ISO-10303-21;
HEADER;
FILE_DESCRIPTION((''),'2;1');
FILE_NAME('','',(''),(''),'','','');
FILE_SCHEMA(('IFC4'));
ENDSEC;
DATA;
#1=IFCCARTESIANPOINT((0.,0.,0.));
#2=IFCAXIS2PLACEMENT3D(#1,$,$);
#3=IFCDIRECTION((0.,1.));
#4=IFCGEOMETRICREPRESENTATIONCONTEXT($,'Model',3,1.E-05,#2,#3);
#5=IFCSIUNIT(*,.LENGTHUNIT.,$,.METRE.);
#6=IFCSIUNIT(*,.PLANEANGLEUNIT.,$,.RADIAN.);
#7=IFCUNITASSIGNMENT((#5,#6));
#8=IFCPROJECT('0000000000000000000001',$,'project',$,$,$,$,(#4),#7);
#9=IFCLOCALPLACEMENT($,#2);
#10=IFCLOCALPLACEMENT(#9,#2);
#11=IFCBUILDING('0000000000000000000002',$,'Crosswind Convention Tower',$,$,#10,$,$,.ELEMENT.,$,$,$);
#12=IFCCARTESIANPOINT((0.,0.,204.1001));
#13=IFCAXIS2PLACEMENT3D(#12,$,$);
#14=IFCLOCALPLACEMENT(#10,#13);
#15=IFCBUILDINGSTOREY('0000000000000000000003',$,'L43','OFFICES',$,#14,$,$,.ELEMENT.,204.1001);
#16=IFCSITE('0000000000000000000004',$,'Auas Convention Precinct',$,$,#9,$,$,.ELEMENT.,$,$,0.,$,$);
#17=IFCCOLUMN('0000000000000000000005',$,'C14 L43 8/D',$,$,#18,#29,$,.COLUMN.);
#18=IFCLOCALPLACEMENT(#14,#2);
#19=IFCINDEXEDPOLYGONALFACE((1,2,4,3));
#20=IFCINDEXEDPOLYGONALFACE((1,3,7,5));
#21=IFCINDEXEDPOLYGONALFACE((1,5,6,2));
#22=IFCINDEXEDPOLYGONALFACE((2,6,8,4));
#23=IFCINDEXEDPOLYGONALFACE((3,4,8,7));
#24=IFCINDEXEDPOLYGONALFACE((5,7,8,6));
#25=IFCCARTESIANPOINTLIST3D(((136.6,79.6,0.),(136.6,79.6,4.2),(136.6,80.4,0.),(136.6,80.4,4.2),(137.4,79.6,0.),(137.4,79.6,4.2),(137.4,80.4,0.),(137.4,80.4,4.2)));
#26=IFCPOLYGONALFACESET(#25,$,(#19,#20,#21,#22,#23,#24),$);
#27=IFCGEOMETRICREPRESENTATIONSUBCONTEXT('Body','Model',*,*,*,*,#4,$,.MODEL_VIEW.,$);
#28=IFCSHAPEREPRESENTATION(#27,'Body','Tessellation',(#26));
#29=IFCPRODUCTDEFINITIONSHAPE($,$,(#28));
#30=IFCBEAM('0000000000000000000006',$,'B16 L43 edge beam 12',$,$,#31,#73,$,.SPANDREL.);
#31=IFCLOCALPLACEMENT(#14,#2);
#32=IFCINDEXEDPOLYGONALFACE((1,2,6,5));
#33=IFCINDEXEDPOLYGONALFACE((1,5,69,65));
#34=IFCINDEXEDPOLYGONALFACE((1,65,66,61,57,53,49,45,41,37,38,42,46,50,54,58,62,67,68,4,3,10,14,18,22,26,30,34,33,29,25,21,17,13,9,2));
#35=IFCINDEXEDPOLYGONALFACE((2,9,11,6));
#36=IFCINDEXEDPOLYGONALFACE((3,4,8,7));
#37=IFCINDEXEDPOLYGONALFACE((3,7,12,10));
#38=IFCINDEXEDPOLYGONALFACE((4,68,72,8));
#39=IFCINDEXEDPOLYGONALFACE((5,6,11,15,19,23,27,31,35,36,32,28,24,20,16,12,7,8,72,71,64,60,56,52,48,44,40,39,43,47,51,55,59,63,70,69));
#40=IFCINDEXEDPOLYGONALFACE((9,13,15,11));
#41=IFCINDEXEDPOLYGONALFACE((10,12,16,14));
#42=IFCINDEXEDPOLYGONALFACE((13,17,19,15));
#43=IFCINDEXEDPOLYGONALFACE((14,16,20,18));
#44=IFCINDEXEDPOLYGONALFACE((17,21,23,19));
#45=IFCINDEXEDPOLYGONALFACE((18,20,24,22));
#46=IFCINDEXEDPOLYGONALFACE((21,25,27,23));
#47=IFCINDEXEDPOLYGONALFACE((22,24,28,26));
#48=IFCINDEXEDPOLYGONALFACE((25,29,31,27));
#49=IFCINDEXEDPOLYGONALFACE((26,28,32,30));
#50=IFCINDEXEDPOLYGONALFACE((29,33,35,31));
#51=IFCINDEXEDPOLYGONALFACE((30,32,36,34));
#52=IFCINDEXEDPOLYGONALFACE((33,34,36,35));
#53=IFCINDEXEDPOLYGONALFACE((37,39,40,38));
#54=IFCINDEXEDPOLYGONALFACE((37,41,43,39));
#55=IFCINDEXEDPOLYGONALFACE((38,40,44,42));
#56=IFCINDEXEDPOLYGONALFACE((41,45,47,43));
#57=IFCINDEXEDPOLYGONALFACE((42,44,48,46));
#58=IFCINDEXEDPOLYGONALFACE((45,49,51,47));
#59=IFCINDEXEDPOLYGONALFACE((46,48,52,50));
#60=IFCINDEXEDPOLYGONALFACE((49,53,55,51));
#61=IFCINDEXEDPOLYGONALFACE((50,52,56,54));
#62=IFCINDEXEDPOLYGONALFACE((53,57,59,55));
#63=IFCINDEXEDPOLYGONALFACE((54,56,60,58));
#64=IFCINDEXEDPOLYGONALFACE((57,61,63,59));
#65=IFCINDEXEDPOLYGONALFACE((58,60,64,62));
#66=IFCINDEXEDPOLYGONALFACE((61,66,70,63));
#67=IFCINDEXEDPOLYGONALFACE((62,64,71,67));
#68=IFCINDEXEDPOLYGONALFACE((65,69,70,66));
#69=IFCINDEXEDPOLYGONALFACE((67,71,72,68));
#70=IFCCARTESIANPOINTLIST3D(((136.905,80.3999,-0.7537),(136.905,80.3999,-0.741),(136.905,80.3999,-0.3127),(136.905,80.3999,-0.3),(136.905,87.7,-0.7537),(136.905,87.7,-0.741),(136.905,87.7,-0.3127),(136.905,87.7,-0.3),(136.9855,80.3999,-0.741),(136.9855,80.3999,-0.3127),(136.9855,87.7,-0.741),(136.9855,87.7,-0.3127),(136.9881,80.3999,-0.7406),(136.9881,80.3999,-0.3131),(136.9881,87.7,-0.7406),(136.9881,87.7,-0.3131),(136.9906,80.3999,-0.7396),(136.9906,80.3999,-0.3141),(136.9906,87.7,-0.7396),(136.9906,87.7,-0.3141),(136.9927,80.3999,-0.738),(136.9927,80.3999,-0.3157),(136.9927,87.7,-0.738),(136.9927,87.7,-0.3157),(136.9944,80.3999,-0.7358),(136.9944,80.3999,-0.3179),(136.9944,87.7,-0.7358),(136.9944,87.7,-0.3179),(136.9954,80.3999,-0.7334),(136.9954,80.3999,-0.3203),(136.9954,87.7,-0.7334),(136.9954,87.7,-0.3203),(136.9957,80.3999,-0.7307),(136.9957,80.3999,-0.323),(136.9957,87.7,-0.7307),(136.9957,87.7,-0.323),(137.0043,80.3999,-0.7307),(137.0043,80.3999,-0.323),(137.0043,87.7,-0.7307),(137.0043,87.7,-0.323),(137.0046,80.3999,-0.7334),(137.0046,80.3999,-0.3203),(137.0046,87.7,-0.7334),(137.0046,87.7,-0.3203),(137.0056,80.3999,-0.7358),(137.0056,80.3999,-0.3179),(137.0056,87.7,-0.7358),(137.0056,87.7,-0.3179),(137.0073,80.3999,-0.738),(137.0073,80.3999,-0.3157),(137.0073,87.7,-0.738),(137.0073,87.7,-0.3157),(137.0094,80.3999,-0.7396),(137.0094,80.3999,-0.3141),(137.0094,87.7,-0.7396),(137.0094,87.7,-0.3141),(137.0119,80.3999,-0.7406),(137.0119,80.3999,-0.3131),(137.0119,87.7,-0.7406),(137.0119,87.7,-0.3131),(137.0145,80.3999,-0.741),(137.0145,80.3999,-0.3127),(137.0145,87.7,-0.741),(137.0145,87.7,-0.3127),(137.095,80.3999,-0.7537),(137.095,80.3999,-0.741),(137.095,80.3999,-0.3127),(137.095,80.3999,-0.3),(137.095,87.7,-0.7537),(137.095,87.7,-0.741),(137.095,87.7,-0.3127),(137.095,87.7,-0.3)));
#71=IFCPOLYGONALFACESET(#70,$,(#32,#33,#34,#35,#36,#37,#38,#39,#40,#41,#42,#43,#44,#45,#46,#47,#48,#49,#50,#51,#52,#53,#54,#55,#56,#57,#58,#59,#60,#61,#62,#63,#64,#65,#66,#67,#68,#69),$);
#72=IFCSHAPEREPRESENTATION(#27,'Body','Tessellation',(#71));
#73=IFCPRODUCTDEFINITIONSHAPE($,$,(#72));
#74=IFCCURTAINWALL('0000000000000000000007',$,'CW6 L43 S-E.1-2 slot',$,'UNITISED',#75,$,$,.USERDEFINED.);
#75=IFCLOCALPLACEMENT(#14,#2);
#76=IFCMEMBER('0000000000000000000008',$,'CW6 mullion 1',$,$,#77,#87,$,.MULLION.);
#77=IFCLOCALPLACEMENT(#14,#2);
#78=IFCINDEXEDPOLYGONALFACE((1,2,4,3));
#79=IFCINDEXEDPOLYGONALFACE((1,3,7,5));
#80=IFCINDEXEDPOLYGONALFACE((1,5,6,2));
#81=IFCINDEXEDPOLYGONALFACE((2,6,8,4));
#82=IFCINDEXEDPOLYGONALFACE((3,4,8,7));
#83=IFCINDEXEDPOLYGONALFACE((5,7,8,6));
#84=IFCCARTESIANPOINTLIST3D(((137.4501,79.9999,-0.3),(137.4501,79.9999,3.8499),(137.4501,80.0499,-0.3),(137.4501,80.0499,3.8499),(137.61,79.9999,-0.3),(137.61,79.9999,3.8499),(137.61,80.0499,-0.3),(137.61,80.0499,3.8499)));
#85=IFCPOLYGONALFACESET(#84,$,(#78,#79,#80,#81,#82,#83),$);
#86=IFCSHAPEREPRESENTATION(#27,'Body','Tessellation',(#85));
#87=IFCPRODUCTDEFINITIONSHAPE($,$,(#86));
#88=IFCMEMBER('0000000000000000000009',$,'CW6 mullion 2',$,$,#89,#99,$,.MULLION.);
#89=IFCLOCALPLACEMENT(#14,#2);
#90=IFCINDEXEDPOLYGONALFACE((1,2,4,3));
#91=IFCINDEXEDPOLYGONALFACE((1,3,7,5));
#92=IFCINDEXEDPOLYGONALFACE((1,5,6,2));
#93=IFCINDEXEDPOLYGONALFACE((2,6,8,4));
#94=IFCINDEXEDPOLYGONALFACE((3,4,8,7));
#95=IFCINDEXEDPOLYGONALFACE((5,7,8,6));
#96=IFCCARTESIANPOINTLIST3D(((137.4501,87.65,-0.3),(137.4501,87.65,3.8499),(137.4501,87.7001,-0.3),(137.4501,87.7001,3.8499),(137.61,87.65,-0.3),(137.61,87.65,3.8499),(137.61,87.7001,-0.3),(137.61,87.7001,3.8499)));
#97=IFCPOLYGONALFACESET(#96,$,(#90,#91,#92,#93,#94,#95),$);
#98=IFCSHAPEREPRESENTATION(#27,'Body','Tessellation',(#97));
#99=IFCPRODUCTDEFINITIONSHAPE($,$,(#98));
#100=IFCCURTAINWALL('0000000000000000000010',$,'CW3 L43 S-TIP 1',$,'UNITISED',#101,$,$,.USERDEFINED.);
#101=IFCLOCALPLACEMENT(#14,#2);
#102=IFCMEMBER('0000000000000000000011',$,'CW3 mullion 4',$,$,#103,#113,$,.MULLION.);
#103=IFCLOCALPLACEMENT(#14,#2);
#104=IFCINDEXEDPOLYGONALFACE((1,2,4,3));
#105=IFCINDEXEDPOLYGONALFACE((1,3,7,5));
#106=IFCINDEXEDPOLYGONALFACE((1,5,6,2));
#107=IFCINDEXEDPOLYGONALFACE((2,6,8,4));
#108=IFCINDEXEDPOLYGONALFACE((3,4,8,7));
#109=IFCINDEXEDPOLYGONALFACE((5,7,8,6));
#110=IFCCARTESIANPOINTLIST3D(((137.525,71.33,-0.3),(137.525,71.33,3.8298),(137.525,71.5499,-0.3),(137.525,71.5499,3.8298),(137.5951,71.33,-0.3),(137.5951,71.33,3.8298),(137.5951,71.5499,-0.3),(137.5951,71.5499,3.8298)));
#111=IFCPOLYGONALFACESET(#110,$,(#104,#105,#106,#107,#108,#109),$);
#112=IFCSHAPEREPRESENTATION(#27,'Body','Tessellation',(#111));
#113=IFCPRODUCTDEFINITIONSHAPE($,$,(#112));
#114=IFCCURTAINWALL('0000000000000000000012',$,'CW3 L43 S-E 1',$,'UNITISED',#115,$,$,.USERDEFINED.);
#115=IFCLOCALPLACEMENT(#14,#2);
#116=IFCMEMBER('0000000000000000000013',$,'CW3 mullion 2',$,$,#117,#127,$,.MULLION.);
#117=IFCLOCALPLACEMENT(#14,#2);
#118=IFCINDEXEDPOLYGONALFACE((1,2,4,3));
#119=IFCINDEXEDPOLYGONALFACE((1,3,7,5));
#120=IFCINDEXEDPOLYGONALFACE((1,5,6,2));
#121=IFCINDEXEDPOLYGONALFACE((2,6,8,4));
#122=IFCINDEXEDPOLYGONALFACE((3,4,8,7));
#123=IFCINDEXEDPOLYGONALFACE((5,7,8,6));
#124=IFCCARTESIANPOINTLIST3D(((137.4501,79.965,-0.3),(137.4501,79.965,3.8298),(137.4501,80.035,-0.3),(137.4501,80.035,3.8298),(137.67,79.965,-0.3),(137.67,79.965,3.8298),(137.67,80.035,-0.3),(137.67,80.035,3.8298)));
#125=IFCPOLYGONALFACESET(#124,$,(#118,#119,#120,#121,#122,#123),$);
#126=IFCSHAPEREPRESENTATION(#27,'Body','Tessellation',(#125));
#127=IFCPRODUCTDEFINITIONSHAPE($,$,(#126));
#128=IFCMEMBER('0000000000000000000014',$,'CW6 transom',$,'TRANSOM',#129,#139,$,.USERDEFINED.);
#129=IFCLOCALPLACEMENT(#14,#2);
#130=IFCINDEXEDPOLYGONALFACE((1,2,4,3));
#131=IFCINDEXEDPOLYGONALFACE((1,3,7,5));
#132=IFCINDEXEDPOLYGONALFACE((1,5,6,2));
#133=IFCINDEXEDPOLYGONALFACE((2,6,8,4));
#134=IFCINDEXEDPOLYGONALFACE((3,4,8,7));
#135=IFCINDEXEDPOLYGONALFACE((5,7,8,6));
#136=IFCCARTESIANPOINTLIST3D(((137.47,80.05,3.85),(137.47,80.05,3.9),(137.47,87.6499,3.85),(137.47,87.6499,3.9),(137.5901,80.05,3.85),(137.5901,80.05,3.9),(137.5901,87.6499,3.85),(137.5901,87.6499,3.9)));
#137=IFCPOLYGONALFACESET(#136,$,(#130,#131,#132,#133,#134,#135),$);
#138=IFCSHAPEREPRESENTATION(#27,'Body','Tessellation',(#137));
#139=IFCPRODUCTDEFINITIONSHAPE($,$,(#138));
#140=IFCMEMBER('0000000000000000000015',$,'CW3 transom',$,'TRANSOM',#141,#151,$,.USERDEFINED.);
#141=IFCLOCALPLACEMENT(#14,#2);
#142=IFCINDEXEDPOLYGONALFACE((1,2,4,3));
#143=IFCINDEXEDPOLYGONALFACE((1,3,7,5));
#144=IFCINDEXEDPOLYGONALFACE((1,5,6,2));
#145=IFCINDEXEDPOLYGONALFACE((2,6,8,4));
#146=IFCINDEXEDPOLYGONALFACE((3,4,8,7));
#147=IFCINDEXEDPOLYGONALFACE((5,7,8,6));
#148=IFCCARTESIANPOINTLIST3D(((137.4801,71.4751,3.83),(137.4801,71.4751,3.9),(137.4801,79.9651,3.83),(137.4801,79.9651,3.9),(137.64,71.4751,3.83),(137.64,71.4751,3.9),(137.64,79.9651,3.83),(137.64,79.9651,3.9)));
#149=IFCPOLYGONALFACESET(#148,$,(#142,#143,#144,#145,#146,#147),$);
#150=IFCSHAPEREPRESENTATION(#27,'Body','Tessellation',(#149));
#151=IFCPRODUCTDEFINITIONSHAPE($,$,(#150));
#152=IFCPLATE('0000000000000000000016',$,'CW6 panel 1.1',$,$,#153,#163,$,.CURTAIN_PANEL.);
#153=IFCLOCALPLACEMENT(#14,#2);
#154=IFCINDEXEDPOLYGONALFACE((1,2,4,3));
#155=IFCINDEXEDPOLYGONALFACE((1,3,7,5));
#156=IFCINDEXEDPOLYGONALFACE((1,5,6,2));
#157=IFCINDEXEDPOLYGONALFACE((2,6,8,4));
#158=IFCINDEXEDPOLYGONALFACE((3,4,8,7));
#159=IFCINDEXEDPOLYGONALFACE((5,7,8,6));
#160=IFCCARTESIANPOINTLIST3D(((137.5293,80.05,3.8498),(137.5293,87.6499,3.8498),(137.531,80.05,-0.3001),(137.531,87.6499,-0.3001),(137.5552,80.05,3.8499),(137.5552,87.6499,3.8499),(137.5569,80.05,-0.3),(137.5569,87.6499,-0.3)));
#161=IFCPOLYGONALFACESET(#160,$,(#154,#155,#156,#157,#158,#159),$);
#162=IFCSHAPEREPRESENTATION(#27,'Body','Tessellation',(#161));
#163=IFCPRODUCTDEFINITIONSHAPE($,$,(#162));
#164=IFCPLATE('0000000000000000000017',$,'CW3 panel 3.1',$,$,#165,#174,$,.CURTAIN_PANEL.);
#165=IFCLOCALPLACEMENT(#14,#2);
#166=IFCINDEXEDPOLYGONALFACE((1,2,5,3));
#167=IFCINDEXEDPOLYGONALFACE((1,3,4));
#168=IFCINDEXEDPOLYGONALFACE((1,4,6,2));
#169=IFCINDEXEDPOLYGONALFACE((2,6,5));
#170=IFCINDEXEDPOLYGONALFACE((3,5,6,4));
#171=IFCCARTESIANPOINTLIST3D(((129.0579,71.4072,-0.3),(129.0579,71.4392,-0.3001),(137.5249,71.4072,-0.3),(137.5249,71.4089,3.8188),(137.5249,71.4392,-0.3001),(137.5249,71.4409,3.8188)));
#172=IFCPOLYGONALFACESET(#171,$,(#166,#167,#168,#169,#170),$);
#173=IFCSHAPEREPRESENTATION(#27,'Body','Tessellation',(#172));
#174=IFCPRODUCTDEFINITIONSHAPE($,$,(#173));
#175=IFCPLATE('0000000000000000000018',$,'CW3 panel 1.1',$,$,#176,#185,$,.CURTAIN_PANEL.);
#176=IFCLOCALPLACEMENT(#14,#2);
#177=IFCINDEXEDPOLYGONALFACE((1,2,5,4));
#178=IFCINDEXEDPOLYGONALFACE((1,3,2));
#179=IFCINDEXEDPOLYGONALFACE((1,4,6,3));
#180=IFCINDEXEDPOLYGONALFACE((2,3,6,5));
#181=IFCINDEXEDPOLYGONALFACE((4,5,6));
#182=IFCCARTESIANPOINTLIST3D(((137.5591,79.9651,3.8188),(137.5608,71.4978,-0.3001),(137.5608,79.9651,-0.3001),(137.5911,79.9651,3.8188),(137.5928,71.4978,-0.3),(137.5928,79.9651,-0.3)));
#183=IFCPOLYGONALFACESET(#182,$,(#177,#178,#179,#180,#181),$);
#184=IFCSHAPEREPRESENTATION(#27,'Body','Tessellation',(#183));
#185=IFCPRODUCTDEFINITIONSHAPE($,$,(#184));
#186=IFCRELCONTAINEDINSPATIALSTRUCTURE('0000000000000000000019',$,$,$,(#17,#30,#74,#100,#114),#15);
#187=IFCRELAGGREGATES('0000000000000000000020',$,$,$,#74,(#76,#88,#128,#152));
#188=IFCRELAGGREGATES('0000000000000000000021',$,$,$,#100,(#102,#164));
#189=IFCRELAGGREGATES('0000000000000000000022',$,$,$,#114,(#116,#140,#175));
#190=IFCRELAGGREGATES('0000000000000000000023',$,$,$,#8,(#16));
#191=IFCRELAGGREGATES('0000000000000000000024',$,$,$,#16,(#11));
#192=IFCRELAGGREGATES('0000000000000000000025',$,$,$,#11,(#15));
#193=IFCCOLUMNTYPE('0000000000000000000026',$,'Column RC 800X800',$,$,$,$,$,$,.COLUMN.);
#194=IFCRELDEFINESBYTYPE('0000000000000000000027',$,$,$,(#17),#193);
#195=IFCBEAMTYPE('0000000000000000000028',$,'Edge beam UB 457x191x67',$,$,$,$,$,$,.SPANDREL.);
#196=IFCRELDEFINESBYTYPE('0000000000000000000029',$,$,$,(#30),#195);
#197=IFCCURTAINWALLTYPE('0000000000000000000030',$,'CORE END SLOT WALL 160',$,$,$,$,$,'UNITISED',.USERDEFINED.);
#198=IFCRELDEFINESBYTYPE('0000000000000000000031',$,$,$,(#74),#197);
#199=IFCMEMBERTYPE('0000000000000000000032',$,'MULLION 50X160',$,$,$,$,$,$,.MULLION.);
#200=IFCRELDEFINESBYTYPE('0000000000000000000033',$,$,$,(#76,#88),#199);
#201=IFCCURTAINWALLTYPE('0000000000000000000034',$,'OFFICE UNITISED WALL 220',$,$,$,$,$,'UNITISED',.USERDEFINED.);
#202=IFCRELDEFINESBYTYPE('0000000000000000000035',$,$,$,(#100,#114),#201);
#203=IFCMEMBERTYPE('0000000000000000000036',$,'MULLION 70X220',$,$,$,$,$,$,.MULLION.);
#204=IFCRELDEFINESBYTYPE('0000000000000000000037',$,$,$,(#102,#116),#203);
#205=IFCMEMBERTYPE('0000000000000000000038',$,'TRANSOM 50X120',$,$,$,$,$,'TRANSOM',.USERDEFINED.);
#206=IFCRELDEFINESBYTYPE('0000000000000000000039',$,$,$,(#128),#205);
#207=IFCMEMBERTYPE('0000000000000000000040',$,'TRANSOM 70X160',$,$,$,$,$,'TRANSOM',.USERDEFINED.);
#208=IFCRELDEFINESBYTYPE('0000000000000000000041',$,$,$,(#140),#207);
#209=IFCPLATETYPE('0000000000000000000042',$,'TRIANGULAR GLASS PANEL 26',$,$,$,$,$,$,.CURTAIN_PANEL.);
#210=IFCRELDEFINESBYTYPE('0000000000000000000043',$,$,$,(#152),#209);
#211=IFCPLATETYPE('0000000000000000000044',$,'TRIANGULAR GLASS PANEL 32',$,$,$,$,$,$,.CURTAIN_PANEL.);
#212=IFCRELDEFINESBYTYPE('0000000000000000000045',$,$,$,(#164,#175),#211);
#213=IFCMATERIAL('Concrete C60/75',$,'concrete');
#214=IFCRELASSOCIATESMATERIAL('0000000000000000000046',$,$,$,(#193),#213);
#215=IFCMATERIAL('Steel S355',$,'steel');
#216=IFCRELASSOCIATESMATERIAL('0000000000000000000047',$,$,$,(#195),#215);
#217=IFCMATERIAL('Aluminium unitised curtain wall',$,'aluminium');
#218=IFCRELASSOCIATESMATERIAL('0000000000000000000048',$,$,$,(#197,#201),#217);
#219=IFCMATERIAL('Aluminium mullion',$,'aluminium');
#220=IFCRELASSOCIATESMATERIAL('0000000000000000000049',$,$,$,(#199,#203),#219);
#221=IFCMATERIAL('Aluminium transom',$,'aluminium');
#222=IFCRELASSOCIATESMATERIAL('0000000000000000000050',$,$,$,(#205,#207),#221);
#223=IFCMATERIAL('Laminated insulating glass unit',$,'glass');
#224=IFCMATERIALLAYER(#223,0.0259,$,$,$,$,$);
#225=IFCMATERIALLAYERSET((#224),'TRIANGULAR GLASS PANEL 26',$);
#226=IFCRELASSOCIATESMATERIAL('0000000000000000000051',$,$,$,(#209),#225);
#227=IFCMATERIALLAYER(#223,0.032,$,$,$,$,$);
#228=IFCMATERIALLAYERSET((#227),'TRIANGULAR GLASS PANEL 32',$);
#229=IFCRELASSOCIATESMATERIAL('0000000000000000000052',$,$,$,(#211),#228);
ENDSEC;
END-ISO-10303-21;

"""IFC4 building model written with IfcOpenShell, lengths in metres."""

from ifc_helpers import new_model, si_unit, direction, frame, origin, origin_2d, place, context, subcontext, project, spatial, polyline, rectangle, i_section, outline, extrude, material, layer, layer_set, material_profile, profile_set, type_object, element, aggregate, save


model = new_model("IFC4")

# Units and contexts
model_context = context("Model", 3, precision=1e-05, world=origin(), true_north=direction((0.0, 1.0)))
body_context = subcontext(model_context, "Body", "Model", "MODEL_VIEW")
ifc_project = project(units=[si_unit("LENGTHUNIT", "METRE"), si_unit("PLANEANGLEUNIT", "RADIAN")], contexts=[model_context])

# Site, building, storey
site_placement = place(None, origin())
site = spatial("IfcSite", under=ifc_project, at=site_placement, Name="Auas Convention Precinct", CompositionType="ELEMENT", RefElevation=0.0)
building_placement = place(site_placement, origin())
building = spatial("IfcBuilding", under=site, at=building_placement, Name="Crosswind Convention Tower", CompositionType="ELEMENT")
storey_placement = place(building_placement, frame((0.0, 0.0, 204.1001)))
storey = spatial("IfcBuildingStorey", under=building, at=storey_placement, Name="L43", Description="OFFICES", CompositionType="ELEMENT", Elevation=204.1001)

# Column
ifc_material_1 = material(Name="Concrete C60/75", Category="concrete")
ifc_material_profile_1 = material_profile(ifc_material_1, rectangle(XDim=0.8, YDim=0.8, at=origin_2d()), Name="RC 800X800")
ifc_profile_set_1 = profile_set([ifc_material_profile_1], Name="Concrete C60/75")
column_type = type_object("IfcColumnType", Name="Column RC 800X800", PredefinedType="COLUMN", material=ifc_profile_set_1)
column_placement = place(storey_placement, frame((137.0, 80.0, 0.0), z_axis=(0.0, 0.0, 1.0), x_axis=(1.0, 0.0, 0.0)))
element("IfcColumn", 1, at=column_placement, inside=storey, type_object=column_type, Name="C14 L43 8/D", PredefinedType="COLUMN", context=body_context, shape_type="SweptSolid", body=[
    extrude(rectangle(XDim=0.8, YDim=0.8, at=origin_2d()), origin(), (0.0, 0.0, 1.0), 4.2),
])

# Beam
ifc_material_2 = material(Name="Steel S355", Category="steel")
ifc_material_profile_2 = material_profile(ifc_material_2, i_section(OverallWidth=0.1899, OverallDepth=0.4536, WebThickness=0.0085, FlangeThickness=0.0127, FilletRadius=0.0103, at=origin_2d()), Name="UB 457x191x67")
ifc_profile_set_2 = profile_set([ifc_material_profile_2], Name="Steel S355")
beam_type = type_object("IfcBeamType", Name="Edge beam UB 457x191x67", PredefinedType="SPANDREL", material=ifc_profile_set_2)
beam_placement = place(storey_placement, frame((137.0, 80.3999, -0.5269), z_axis=(0.0, 1.0, 0.0), x_axis=(-1.0, 0.0, 0.0)))
element("IfcBeam", 2, at=beam_placement, inside=storey, type_object=beam_type, Name="B16 L43 edge beam 12", PredefinedType="SPANDREL", context=body_context, shape_type="SweptSolid", body=[
    extrude(i_section(OverallWidth=0.1899, OverallDepth=0.4536, WebThickness=0.0085, FlangeThickness=0.0127, FilletRadius=0.0103, at=origin_2d()), origin(), (0.0, 0.0, 1.0), 7.3),
])

# Curtain wall, members
ifc_material_3 = material(Name="Aluminium unitised curtain wall", Category="aluminium")
curtain_wall_type_1 = type_object("IfcCurtainWallType", Name="CORE END SLOT WALL 160", ElementType="UNITISED", PredefinedType="USERDEFINED", material=ifc_material_3)
curtain_wall_1_placement = place(storey_placement, origin())
curtain_wall_1 = element("IfcCurtainWall", 3, at=curtain_wall_1_placement, inside=storey, type_object=curtain_wall_type_1, Name="CW6 L43 S-E.1-2 slot", ObjectType="UNITISED", PredefinedType="USERDEFINED")
ifc_material_4 = material(Name="Aluminium mullion", Category="aluminium")
ifc_material_profile_3 = material_profile(ifc_material_4, rectangle(XDim=0.1599, YDim=0.05, at=origin_2d()), Name="AL 160X50")
ifc_profile_set_3 = profile_set([ifc_material_profile_3], Name="Aluminium mullion")
member_type_1 = type_object("IfcMemberType", Name="MULLION 50X160", PredefinedType="MULLION", material=ifc_profile_set_3)
member_1_placement = place(storey_placement, frame((137.53, 80.0249, -0.3), z_axis=(0.0, 0.0, 1.0), x_axis=(1.0, 0.0, 0.0)))
member_1 = element("IfcMember", 4, at=member_1_placement, type_object=member_type_1, Name="CW6 mullion 1", PredefinedType="MULLION", context=body_context, shape_type="SweptSolid", body=[
    extrude(rectangle(XDim=0.1599, YDim=0.05, at=origin_2d()), origin(), (0.0, 0.0, 1.0), 4.1499),
])
member_2_placement = place(storey_placement, frame((137.53, 87.675, -0.3), z_axis=(0.0, 0.0, 1.0), x_axis=(1.0, 0.0, 0.0)))
member_2 = element("IfcMember", 5, at=member_2_placement, type_object=member_type_1, Name="CW6 mullion 2", PredefinedType="MULLION", context=body_context, shape_type="SweptSolid", body=[
    extrude(rectangle(XDim=0.1599, YDim=0.05, at=origin_2d()), origin(), (0.0, 0.0, 1.0), 4.1499),
])

# Curtain walls, members
curtain_wall_type_2 = type_object("IfcCurtainWallType", Name="OFFICE UNITISED WALL 220", ElementType="UNITISED", PredefinedType="USERDEFINED", material=ifc_material_3)
curtain_wall_2_placement = place(storey_placement, origin())
curtain_wall_2 = element("IfcCurtainWall", 6, at=curtain_wall_2_placement, inside=storey, type_object=curtain_wall_type_2, Name="CW3 L43 S-TIP 1", ObjectType="UNITISED", PredefinedType="USERDEFINED")
ifc_material_profile_4 = material_profile(ifc_material_4, rectangle(XDim=0.22, YDim=0.0701, at=origin_2d()), Name="AL 220X70")
ifc_profile_set_4 = profile_set([ifc_material_profile_4], Name="Aluminium mullion")
member_type_2 = type_object("IfcMemberType", Name="MULLION 70X220", PredefinedType="MULLION", material=ifc_profile_set_4)
member_3_placement = place(storey_placement, frame((137.5601, 71.4399, -0.3), z_axis=(0.0, 0.0, 1.0), x_axis=(0.0, -1.0, 0.0)))
member_3 = element("IfcMember", 7, at=member_3_placement, type_object=member_type_2, Name="CW3 mullion 4", PredefinedType="MULLION", context=body_context, shape_type="SweptSolid", body=[
    extrude(rectangle(XDim=0.22, YDim=0.0701, at=origin_2d()), origin(), (0.0, 0.0, 1.0), 4.1299),
])
curtain_wall_3_placement = place(storey_placement, origin())
curtain_wall_3 = element("IfcCurtainWall", 8, at=curtain_wall_3_placement, inside=storey, type_object=curtain_wall_type_2, Name="CW3 L43 S-E 1", ObjectType="UNITISED", PredefinedType="USERDEFINED")
member_4_placement = place(storey_placement, frame((137.5601, 80.0, -0.3), z_axis=(0.0, 0.0, 1.0), x_axis=(1.0, 0.0, 0.0)))
member_4 = element("IfcMember", 9, at=member_4_placement, type_object=member_type_2, Name="CW3 mullion 2", PredefinedType="MULLION", context=body_context, shape_type="SweptSolid", body=[
    extrude(rectangle(XDim=0.22, YDim=0.0701, at=origin_2d()), origin(), (0.0, 0.0, 1.0), 4.1299),
])

# Members
ifc_material_5 = material(Name="Aluminium transom", Category="aluminium")
ifc_material_profile_5 = material_profile(ifc_material_5, rectangle(XDim=0.1201, YDim=0.05, at=origin_2d()), Name="AL 120X50")
ifc_profile_set_5 = profile_set([ifc_material_profile_5], Name="Aluminium transom")
member_type_3 = type_object("IfcMemberType", Name="TRANSOM 50X120", ElementType="TRANSOM", PredefinedType="USERDEFINED", material=ifc_profile_set_5)
member_5_placement = place(storey_placement, frame((137.53, 80.05, 3.875), z_axis=(0.0, 1.0, 0.0), x_axis=(-1.0, 0.0, 0.0)))
member_5 = element("IfcMember", 10, at=member_5_placement, type_object=member_type_3, Name="CW6 transom", ObjectType="TRANSOM", PredefinedType="USERDEFINED", context=body_context, shape_type="SweptSolid", body=[
    extrude(rectangle(XDim=0.1201, YDim=0.05, at=origin_2d()), origin(), (0.0, 0.0, 1.0), 7.5999),
])
ifc_material_profile_6 = material_profile(ifc_material_5, rectangle(XDim=0.1599, YDim=0.0701, at=origin_2d()), Name="AL 160X70")
ifc_profile_set_6 = profile_set([ifc_material_profile_6], Name="Aluminium transom")
member_type_4 = type_object("IfcMemberType", Name="TRANSOM 70X160", ElementType="TRANSOM", PredefinedType="USERDEFINED", material=ifc_profile_set_6)
member_6_placement = place(storey_placement, frame((137.5601, 71.4751, 3.865), z_axis=(0.0, 1.0, 0.0), x_axis=(-1.0, 0.0, 0.0)))
member_6 = element("IfcMember", 11, at=member_6_placement, type_object=member_type_4, Name="CW3 transom", ObjectType="TRANSOM", PredefinedType="USERDEFINED", context=body_context, shape_type="SweptSolid", body=[
    extrude(rectangle(XDim=0.1599, YDim=0.0701, at=origin_2d()), origin(), (0.0, 0.0, 1.0), 8.49),
])

# Plates
ifc_material_6 = material(Name="Laminated insulating glass unit", Category="glass")
ifc_layer_1 = layer(ifc_material_6, 0.0259)
ifc_layer_set_1 = layer_set([ifc_layer_1], Name="TRIANGULAR GLASS PANEL 26")
plate_type_1 = type_object("IfcPlateType", Name="TRIANGULAR GLASS PANEL 26", PredefinedType="CURTAIN_PANEL", material=ifc_layer_set_1)
plate_1_placement = place(storey_placement, frame((137.5569, 80.05, -0.3), z_axis=(1.0, 0.0, 0.000412), x_axis=(0.0, 1.0, 0.0)))
plate_1 = element("IfcPlate", 12, at=plate_1_placement, type_object=plate_type_1, Name="CW6 panel 1.1", PredefinedType="CURTAIN_PANEL", context=body_context, shape_type="SweptSolid", body=[
    extrude(outline(polyline([(0.0, 0.0), (7.5999, 0.0), (7.5999, 4.1499), (0.0, 4.1499), (0.0, 0.0)])), origin(), (0.0, 0.0, -1.0), 0.0259),
])
aggregate(curtain_wall_1, [member_1, member_2, member_5, plate_1])
ifc_layer_2 = layer(ifc_material_6, 0.032)
ifc_layer_set_2 = layer_set([ifc_layer_2], Name="TRIANGULAR GLASS PANEL 32")
plate_type_2 = type_object("IfcPlateType", Name="TRIANGULAR GLASS PANEL 32", PredefinedType="CURTAIN_PANEL", material=ifc_layer_set_2)
plate_2_placement = place(storey_placement, frame((137.5249, 71.4072, -0.3), z_axis=(0.0, -1.0, 0.000415), x_axis=(0.0, 0.000415, 1.0)))
plate_2 = element("IfcPlate", 13, at=plate_2_placement, type_object=plate_type_2, Name="CW3 panel 3.1", PredefinedType="CURTAIN_PANEL", context=body_context, shape_type="SweptSolid", body=[
    extrude(outline(polyline([(0.0, 0.0), (4.1189, 0.0), (0.0, 8.467), (0.0, 0.0)])), origin(), (0.0, 0.0, -1.0), 0.032),
])
aggregate(curtain_wall_2, [member_3, plate_2])
plate_3_placement = place(storey_placement, frame((137.5928, 79.9651, -0.3), z_axis=(1.0, 0.0, 0.000415), x_axis=(-0.000415, 0.0, 1.0)))
plate_3 = element("IfcPlate", 14, at=plate_3_placement, type_object=plate_type_2, Name="CW3 panel 1.1", PredefinedType="CURTAIN_PANEL", context=body_context, shape_type="SweptSolid", body=[
    extrude(outline(polyline([(0.0, 0.0), (4.1189, 0.0), (0.0, 8.4673), (0.0, 0.0)])), origin(), (0.0, 0.0, -1.0), 0.032),
])

aggregate(curtain_wall_3, [member_4, member_6, plate_3])

save(model, "model.ifc")
